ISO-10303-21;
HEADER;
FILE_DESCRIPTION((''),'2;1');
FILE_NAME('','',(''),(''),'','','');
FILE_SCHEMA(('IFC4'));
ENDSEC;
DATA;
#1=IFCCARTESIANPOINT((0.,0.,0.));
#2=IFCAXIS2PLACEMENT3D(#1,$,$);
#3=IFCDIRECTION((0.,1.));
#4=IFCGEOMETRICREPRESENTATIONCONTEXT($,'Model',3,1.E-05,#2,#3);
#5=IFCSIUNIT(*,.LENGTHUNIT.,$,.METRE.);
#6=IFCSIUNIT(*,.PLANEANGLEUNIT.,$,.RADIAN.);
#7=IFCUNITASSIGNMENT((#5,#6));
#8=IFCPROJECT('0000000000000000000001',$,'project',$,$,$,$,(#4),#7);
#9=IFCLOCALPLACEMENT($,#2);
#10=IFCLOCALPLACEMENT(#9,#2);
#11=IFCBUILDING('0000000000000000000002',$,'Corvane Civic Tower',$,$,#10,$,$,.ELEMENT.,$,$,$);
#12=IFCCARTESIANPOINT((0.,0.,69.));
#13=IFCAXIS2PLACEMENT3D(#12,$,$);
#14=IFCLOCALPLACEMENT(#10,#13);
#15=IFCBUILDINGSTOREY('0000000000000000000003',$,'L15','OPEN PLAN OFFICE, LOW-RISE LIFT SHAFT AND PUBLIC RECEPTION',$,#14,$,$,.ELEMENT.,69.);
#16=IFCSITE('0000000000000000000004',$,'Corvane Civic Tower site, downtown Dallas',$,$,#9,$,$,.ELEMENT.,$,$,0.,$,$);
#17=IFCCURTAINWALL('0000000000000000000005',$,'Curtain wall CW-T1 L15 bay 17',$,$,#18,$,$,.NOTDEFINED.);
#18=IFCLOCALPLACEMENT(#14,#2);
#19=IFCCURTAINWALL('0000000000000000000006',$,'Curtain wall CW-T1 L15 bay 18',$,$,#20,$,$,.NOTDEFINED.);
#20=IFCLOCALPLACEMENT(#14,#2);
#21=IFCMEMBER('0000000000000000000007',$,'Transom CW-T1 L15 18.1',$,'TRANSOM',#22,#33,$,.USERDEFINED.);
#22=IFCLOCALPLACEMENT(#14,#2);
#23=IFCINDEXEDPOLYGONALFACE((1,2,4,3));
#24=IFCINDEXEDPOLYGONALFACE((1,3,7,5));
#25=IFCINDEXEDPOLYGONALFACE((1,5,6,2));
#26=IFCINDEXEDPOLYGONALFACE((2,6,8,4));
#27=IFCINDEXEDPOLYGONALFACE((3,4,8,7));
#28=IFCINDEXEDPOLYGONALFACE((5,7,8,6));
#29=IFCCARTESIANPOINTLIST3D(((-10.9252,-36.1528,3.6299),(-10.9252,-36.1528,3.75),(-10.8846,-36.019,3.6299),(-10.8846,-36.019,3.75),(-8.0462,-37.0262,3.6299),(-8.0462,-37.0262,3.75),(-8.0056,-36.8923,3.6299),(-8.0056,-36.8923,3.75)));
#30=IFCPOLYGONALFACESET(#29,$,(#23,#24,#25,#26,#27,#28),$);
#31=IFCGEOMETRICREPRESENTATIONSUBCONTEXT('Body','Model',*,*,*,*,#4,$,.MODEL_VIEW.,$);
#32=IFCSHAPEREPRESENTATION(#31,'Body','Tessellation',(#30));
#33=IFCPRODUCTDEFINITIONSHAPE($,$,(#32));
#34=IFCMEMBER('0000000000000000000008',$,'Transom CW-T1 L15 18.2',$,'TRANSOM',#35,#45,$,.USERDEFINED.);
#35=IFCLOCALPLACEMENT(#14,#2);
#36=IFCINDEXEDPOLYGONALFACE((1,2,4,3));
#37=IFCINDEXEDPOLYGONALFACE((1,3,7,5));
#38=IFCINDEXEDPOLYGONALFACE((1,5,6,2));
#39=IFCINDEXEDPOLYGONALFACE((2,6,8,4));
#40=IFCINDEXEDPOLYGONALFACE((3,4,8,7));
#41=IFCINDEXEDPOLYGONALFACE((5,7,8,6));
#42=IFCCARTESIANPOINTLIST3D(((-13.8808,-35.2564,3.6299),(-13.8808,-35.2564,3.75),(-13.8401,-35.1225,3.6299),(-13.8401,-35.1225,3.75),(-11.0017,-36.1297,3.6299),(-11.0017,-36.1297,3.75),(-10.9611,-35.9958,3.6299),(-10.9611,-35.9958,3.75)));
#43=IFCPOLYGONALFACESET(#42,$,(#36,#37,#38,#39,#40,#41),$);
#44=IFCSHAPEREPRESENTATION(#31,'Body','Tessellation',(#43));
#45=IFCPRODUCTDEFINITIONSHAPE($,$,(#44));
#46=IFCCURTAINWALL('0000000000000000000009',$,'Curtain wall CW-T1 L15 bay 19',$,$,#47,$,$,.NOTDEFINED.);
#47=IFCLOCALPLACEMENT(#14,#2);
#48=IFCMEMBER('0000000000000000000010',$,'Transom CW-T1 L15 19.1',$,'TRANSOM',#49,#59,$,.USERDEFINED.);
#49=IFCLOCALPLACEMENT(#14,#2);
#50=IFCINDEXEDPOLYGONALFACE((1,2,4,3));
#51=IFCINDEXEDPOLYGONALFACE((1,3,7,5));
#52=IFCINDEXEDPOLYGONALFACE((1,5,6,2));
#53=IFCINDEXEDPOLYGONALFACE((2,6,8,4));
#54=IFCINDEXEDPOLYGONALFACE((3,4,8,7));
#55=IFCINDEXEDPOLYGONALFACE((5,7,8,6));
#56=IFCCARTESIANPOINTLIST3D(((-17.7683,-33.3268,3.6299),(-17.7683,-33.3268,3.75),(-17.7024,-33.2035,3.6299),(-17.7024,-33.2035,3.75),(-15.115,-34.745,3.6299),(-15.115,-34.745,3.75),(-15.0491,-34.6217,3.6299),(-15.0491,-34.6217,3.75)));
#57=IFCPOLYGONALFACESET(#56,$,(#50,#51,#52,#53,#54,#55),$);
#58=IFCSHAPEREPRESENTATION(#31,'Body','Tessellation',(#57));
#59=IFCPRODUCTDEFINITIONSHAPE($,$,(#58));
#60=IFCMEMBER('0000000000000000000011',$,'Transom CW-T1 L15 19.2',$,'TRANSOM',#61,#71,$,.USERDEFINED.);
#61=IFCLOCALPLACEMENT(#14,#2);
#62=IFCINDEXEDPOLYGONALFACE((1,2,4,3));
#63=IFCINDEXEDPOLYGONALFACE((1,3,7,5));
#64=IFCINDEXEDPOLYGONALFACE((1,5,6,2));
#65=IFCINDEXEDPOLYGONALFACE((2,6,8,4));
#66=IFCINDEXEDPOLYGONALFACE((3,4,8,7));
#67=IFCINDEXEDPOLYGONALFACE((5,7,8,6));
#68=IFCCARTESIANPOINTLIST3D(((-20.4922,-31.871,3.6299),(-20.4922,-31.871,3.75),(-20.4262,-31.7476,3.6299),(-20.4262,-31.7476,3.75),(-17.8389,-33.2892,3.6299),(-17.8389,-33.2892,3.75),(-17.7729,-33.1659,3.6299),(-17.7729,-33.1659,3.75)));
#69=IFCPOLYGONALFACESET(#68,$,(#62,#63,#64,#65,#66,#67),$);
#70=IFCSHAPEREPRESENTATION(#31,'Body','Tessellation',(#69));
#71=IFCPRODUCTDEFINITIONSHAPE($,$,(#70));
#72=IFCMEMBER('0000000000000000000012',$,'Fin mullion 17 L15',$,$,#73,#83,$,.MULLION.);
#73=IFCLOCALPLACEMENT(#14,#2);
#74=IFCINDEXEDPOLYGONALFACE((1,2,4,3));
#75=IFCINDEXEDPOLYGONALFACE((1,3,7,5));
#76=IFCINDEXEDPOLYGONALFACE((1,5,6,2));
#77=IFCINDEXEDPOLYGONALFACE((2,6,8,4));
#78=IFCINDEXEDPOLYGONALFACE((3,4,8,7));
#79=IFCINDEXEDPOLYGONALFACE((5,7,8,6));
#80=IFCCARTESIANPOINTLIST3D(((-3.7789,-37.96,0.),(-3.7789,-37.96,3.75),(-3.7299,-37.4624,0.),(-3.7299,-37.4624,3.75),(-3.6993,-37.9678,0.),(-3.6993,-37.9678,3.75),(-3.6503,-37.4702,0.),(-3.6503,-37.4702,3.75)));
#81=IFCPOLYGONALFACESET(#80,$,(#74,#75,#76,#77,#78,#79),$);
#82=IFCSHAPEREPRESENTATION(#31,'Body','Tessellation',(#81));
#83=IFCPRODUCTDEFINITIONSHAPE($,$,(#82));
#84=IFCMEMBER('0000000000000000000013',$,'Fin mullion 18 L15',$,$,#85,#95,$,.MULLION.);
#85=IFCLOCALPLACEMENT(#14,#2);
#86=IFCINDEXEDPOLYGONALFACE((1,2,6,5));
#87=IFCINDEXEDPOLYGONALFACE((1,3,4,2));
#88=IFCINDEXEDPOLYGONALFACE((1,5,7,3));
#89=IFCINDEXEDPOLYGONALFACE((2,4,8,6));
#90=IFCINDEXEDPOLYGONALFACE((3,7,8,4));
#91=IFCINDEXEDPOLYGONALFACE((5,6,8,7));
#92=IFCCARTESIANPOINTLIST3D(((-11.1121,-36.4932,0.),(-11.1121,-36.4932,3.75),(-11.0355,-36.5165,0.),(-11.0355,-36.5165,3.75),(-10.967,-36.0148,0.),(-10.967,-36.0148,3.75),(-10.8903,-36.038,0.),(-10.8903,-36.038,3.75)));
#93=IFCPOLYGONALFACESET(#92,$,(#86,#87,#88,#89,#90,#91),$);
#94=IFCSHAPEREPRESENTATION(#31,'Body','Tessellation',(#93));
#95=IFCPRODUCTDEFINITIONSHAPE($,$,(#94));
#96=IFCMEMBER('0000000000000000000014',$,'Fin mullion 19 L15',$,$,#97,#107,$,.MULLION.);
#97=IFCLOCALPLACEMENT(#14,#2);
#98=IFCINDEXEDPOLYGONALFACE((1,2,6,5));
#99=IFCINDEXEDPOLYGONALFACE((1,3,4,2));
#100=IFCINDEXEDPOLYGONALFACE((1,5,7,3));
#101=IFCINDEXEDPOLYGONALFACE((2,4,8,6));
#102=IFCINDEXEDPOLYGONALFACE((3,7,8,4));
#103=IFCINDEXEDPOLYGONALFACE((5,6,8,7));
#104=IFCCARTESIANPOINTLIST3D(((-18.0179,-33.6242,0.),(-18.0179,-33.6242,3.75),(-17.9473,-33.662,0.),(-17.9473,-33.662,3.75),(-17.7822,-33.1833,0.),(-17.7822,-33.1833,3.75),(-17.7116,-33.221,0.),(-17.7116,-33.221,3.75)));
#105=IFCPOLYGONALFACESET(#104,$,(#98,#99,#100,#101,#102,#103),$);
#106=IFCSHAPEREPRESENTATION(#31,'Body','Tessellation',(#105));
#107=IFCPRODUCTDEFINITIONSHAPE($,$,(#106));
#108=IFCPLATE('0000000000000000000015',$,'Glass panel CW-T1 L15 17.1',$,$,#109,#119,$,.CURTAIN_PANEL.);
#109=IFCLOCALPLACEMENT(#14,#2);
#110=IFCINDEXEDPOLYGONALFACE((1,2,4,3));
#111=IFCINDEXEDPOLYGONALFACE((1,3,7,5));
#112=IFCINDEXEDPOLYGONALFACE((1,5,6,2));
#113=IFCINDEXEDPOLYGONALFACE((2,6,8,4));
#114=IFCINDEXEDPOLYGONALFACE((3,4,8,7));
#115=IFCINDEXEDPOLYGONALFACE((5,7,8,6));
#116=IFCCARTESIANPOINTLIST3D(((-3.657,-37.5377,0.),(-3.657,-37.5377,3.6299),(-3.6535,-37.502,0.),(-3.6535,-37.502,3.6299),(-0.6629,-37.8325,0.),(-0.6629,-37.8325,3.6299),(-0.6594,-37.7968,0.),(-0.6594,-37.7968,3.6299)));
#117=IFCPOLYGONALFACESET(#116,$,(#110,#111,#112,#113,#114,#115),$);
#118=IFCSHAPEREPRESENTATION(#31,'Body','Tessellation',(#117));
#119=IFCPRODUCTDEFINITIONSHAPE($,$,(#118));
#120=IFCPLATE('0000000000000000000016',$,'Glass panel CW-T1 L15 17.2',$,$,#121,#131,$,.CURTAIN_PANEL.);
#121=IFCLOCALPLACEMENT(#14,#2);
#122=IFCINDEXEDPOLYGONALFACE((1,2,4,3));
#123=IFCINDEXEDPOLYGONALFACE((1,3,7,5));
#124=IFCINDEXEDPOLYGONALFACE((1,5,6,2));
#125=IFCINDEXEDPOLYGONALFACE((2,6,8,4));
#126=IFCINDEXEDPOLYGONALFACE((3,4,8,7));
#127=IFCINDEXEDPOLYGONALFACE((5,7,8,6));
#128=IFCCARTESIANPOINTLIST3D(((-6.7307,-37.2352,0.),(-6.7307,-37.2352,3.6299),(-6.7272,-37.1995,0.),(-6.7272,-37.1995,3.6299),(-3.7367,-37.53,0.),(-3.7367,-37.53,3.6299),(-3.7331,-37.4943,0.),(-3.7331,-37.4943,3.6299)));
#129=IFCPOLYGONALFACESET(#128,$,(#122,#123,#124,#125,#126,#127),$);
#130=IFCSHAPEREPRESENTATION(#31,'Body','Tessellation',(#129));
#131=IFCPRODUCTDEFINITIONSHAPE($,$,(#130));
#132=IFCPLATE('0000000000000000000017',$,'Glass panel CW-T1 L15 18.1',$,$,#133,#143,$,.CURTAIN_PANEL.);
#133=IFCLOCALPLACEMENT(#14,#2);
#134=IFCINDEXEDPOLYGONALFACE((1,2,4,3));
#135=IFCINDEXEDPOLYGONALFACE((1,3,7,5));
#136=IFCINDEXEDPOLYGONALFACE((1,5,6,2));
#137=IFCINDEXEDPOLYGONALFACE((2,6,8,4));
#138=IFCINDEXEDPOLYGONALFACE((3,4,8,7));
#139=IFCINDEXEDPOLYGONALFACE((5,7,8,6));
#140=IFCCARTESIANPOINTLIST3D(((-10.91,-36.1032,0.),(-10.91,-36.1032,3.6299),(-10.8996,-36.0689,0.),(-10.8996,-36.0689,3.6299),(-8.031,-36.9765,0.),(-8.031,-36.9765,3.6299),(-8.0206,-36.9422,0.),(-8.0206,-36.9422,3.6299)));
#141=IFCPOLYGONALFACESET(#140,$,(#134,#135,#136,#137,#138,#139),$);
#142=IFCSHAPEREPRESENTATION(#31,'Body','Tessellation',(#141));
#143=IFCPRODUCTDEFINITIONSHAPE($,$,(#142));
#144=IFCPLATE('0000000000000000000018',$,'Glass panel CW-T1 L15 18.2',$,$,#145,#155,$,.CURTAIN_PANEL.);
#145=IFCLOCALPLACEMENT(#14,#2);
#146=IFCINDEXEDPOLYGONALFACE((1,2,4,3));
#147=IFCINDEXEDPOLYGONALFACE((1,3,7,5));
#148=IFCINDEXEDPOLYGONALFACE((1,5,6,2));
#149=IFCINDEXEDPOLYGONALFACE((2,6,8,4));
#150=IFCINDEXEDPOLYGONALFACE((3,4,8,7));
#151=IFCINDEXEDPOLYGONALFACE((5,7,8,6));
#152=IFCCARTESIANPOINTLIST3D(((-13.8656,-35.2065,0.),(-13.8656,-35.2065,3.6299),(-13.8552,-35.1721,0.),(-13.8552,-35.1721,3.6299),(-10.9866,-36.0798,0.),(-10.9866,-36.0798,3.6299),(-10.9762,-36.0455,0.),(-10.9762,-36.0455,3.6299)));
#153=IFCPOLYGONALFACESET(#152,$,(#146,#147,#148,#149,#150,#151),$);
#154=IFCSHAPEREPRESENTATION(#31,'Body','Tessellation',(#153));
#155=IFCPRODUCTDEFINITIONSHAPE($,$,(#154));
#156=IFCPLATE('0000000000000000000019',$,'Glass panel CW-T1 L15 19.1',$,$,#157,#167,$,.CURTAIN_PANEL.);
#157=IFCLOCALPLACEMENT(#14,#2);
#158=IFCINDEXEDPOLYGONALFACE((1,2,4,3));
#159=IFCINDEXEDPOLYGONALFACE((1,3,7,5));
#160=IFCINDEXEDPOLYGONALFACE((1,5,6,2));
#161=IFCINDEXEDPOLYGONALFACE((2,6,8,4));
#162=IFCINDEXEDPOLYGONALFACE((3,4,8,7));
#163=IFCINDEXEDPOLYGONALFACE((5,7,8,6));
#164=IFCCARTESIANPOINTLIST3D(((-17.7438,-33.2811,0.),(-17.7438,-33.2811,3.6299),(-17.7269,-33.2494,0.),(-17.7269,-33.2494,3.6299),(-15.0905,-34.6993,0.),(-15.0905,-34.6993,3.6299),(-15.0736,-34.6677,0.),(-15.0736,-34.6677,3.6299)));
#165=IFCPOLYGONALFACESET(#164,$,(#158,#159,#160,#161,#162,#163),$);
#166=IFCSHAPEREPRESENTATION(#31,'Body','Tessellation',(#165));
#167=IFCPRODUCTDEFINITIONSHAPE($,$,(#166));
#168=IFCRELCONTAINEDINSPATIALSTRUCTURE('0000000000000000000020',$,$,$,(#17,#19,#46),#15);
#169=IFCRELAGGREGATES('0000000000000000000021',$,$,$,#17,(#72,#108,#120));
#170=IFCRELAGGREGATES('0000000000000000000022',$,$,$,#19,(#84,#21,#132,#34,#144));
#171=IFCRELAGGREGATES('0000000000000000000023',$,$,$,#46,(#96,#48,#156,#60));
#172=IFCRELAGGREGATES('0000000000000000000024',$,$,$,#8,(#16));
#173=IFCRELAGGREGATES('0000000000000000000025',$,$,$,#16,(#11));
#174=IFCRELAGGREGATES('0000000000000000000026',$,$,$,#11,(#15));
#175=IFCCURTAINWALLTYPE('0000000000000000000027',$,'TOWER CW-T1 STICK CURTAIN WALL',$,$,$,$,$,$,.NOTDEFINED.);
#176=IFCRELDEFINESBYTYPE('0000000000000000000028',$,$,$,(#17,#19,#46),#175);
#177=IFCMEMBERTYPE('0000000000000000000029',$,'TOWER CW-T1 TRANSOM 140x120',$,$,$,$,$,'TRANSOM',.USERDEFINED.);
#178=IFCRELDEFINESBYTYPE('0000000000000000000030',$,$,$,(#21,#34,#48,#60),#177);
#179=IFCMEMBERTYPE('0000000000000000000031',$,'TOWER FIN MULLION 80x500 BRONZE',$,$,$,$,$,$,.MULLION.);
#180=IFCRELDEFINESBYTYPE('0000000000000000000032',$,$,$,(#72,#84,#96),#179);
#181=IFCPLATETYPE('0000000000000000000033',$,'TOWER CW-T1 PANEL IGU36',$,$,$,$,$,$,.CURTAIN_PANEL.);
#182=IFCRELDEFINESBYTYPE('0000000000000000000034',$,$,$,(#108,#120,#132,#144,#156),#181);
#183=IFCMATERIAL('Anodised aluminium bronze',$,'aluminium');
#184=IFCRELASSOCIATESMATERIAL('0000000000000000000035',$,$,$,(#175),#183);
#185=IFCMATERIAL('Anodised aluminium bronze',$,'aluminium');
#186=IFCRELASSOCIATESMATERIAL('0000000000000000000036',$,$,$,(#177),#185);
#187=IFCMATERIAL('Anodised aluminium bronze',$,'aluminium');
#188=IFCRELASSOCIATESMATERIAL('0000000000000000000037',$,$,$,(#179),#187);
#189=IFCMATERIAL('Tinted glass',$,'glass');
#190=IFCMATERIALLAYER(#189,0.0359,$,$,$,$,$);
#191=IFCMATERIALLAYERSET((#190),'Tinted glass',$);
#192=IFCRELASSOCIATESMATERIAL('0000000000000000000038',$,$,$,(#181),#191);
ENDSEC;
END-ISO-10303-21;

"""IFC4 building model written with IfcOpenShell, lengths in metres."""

from ifc_helpers import new_model, si_unit, direction, frame, origin, origin_2d, place, context, subcontext, project, spatial, rectangle, extrude, material, layer, layer_set, material_profile, profile_set, type_object, element, aggregate, save


model = new_model("IFC4")

# Units and contexts
model_context = context("Model", 3, precision=1e-05, world=origin(), true_north=direction((0.0, 1.0)))
body_context = subcontext(model_context, "Body", "Model", "MODEL_VIEW")
ifc_project = project(units=[si_unit("LENGTHUNIT", "METRE"), si_unit("PLANEANGLEUNIT", "RADIAN")], contexts=[model_context])

# Site, building, storey
site_placement = place(None, origin())
site = spatial("IfcSite", under=ifc_project, at=site_placement, Name="Corvane Civic Tower site, downtown Dallas", CompositionType="ELEMENT", RefElevation=0.0)
building_placement = place(site_placement, origin())
building = spatial("IfcBuilding", under=site, at=building_placement, Name="Corvane Civic Tower", CompositionType="ELEMENT")
storey_placement = place(building_placement, frame((0.0, 0.0, 69.0)))
storey = spatial("IfcBuildingStorey", under=building, at=storey_placement, Name="L15", Description="OPEN PLAN OFFICE, LOW-RISE LIFT SHAFT AND PUBLIC RECEPTION", CompositionType="ELEMENT", Elevation=69.0)

# Curtain walls, members
ifc_material_1 = material(Name="Anodised aluminium bronze", Category="aluminium")
curtain_wall_type = type_object("IfcCurtainWallType", Name="TOWER CW-T1 STICK CURTAIN WALL", PredefinedType="NOTDEFINED", material=ifc_material_1)
curtain_wall_1_placement = place(storey_placement, origin())
curtain_wall_1 = element("IfcCurtainWall", 1, at=curtain_wall_1_placement, inside=storey, type_object=curtain_wall_type, Name="Curtain wall CW-T1 L15 bay 17", PredefinedType="NOTDEFINED")
ifc_material_2 = material(Name="Anodised aluminium bronze", Category="aluminium")
ifc_material_profile_1 = material_profile(ifc_material_2, rectangle(XDim=0.1399, YDim=0.1201, at=origin_2d()), Name="TOWER CW-T1 TRANSOM 140x120")
ifc_profile_set_1 = profile_set([ifc_material_profile_1], Name="Anodised aluminium bronze")
member_type_1 = type_object("IfcMemberType", Name="TOWER CW-T1 TRANSOM 140x120", ElementType="TRANSOM", PredefinedType="USERDEFINED", material=ifc_profile_set_1)
curtain_wall_2_placement = place(storey_placement, origin())
curtain_wall_2 = element("IfcCurtainWall", 2, at=curtain_wall_2_placement, inside=storey, type_object=curtain_wall_type, Name="Curtain wall CW-T1 L15 bay 18", PredefinedType="NOTDEFINED")
member_1_placement = place(storey_placement, frame((-8.0259, -36.9592, 3.6899), z_axis=(-0.956942, 0.29028, 0.0), x_axis=(-0.29028, -0.956942, 0.0)))
member_1 = element("IfcMember", 3, at=member_1_placement, type_object=member_type_1, Name="Transom CW-T1 L15 18.1", ObjectType="TRANSOM", PredefinedType="USERDEFINED", context=body_context, shape_type="SweptSolid", body=[
    extrude(rectangle(XDim=0.1399, YDim=0.1201, at=origin_2d()), origin(), (0.0, 0.0, 1.0), 3.0085),
])
member_2_placement = place(storey_placement, frame((-10.9814, -36.0627, 3.6899), z_axis=(-0.956942, 0.29028, 0.0), x_axis=(-0.29028, -0.956942, 0.0)))
member_2 = element("IfcMember", 4, at=member_2_placement, type_object=member_type_1, Name="Transom CW-T1 L15 18.2", ObjectType="TRANSOM", PredefinedType="USERDEFINED", context=body_context, shape_type="SweptSolid", body=[
    extrude(rectangle(XDim=0.1399, YDim=0.1201, at=origin_2d()), origin(), (0.0, 0.0, 1.0), 3.0085),
])
curtain_wall_3_placement = place(storey_placement, origin())
curtain_wall_3 = element("IfcCurtainWall", 5, at=curtain_wall_3_placement, inside=storey, type_object=curtain_wall_type, Name="Curtain wall CW-T1 L15 bay 19", PredefinedType="NOTDEFINED")
member_3_placement = place(storey_placement, frame((-15.082, -34.6833, 3.6899), z_axis=(-0.881924, 0.471393, 0.0), x_axis=(-0.471393, -0.881924, 0.0)))
member_3 = element("IfcMember", 6, at=member_3_placement, type_object=member_type_1, Name="Transom CW-T1 L15 19.1", ObjectType="TRANSOM", PredefinedType="USERDEFINED", context=body_context, shape_type="SweptSolid", body=[
    extrude(rectangle(XDim=0.1399, YDim=0.1201, at=origin_2d()), origin(), (0.0, 0.0, 1.0), 3.0085),
])
member_4_placement = place(storey_placement, frame((-17.8059, -33.2275, 3.6899), z_axis=(-0.881924, 0.471393, 0.0), x_axis=(-0.471393, -0.881924, 0.0)))
member_4 = element("IfcMember", 7, at=member_4_placement, type_object=member_type_1, Name="Transom CW-T1 L15 19.2", ObjectType="TRANSOM", PredefinedType="USERDEFINED", context=body_context, shape_type="SweptSolid", body=[
    extrude(rectangle(XDim=0.1399, YDim=0.1201, at=origin_2d()), origin(), (0.0, 0.0, 1.0), 3.0085),
])

# Members
ifc_material_3 = material(Name="Anodised aluminium bronze", Category="aluminium")
ifc_material_profile_2 = material_profile(ifc_material_3, rectangle(XDim=0.0801, YDim=0.5, at=origin_2d()), Name="TOWER FIN MULLION 80x500 BRONZE")
ifc_profile_set_2 = profile_set([ifc_material_profile_2], Name="Anodised aluminium bronze")
member_type_2 = type_object("IfcMemberType", Name="TOWER FIN MULLION 80x500 BRONZE", PredefinedType="MULLION", material=ifc_profile_set_2)
member_5_placement = place(storey_placement, frame((-3.7146, -37.7151, 0.0), z_axis=(0.0, 0.0, 1.0), x_axis=(-0.995186, 0.098006, 0.0)))
member_5 = element("IfcMember", 8, at=member_5_placement, type_object=member_type_2, Name="Fin mullion 17 L15", PredefinedType="MULLION", context=body_context, shape_type="SweptSolid", body=[
    extrude(rectangle(XDim=0.0801, YDim=0.5, at=origin_2d()), origin(), (0.0, 0.0, 1.0), 3.75),
])
member_6_placement = place(storey_placement, frame((-11.0012, -36.2656, 0.0), z_axis=(0.0, 0.0, 1.0), x_axis=(-0.956942, 0.290278, 0.0)))
member_6 = element("IfcMember", 9, at=member_6_placement, type_object=member_type_2, Name="Fin mullion 18 L15", PredefinedType="MULLION", context=body_context, shape_type="SweptSolid", body=[
    extrude(rectangle(XDim=0.0801, YDim=0.5, at=origin_2d()), origin(), (0.0, 0.0, 1.0), 3.75),
])
member_7_placement = place(storey_placement, frame((-17.8647, -33.4226, 0.0), z_axis=(0.0, 0.0, 1.0), x_axis=(-0.881918, 0.471404, 0.0)))
member_7 = element("IfcMember", 10, at=member_7_placement, type_object=member_type_2, Name="Fin mullion 19 L15", PredefinedType="MULLION", context=body_context, shape_type="SweptSolid", body=[
    extrude(rectangle(XDim=0.0801, YDim=0.5, at=origin_2d()), origin(), (0.0, 0.0, 1.0), 3.75),
])

# Plates
ifc_material_4 = material(Name="Tinted glass", Category="glass")
ifc_layer_1 = layer(ifc_material_4, 0.0359)
ifc_layer_set_1 = layer_set([ifc_layer_1], Name="Tinted glass")
plate_type = type_object("IfcPlateType", Name="TOWER CW-T1 PANEL IGU36", PredefinedType="CURTAIN_PANEL", material=ifc_layer_set_1)
plate_1_placement = place(storey_placement, frame((-2.1582, -37.6672, 0.0), z_axis=(0.0, 0.0, 1.0), x_axis=(-0.995186, 0.098006, 0.0)))
plate_1 = element("IfcPlate", 11, at=plate_1_placement, type_object=plate_type, Name="Glass panel CW-T1 L15 17.1", PredefinedType="CURTAIN_PANEL", context=body_context, shape_type="SweptSolid", body=[
    extrude(rectangle(XDim=3.0085, YDim=0.0359, at=origin_2d()), origin(), (0.0, 0.0, 1.0), 3.6299),
])
plate_2_placement = place(storey_placement, frame((-5.2319, -37.3647, 0.0), z_axis=(0.0, 0.0, 1.0), x_axis=(-0.995186, 0.098006, 0.0)))
plate_2 = element("IfcPlate", 12, at=plate_2_placement, type_object=plate_type, Name="Glass panel CW-T1 L15 17.2", PredefinedType="CURTAIN_PANEL", context=body_context, shape_type="SweptSolid", body=[
    extrude(rectangle(XDim=3.0085, YDim=0.0359, at=origin_2d()), origin(), (0.0, 0.0, 1.0), 3.6299),
])
aggregate(curtain_wall_1, [member_5, plate_1, plate_2])
plate_3_placement = place(storey_placement, frame((-9.4653, -36.5227, 0.0), z_axis=(0.0, 0.0, 1.0), x_axis=(-0.956942, 0.290278, 0.0)))
plate_3 = element("IfcPlate", 13, at=plate_3_placement, type_object=plate_type, Name="Glass panel CW-T1 L15 18.1", PredefinedType="CURTAIN_PANEL", context=body_context, shape_type="SweptSolid", body=[
    extrude(rectangle(XDim=3.0085, YDim=0.0359, at=origin_2d()), origin(), (0.0, 0.0, 1.0), 3.6299),
])
plate_4_placement = place(storey_placement, frame((-12.4209, -35.626, 0.0), z_axis=(0.0, 0.0, 1.0), x_axis=(-0.956942, 0.290278, 0.0)))
plate_4 = element("IfcPlate", 14, at=plate_4_placement, type_object=plate_type, Name="Glass panel CW-T1 L15 18.2", PredefinedType="CURTAIN_PANEL", context=body_context, shape_type="SweptSolid", body=[
    extrude(rectangle(XDim=3.0085, YDim=0.0359, at=origin_2d()), origin(), (0.0, 0.0, 1.0), 3.6299),
])
aggregate(curtain_wall_2, [member_6, member_1, plate_3, member_2, plate_4])
plate_5_placement = place(storey_placement, frame((-16.4087, -33.9744, 0.0), z_axis=(0.0, 0.0, 1.0), x_axis=(-0.881918, 0.471404, 0.0)))
plate_5 = element("IfcPlate", 15, at=plate_5_placement, type_object=plate_type, Name="Glass panel CW-T1 L15 19.1", PredefinedType="CURTAIN_PANEL", context=body_context, shape_type="SweptSolid", body=[
    extrude(rectangle(XDim=3.0085, YDim=0.0359, at=origin_2d()), origin(), (0.0, 0.0, 1.0), 3.6299),
])
aggregate(curtain_wall_3, [member_7, member_3, plate_5, member_4])

save(model, "model.ifc")
